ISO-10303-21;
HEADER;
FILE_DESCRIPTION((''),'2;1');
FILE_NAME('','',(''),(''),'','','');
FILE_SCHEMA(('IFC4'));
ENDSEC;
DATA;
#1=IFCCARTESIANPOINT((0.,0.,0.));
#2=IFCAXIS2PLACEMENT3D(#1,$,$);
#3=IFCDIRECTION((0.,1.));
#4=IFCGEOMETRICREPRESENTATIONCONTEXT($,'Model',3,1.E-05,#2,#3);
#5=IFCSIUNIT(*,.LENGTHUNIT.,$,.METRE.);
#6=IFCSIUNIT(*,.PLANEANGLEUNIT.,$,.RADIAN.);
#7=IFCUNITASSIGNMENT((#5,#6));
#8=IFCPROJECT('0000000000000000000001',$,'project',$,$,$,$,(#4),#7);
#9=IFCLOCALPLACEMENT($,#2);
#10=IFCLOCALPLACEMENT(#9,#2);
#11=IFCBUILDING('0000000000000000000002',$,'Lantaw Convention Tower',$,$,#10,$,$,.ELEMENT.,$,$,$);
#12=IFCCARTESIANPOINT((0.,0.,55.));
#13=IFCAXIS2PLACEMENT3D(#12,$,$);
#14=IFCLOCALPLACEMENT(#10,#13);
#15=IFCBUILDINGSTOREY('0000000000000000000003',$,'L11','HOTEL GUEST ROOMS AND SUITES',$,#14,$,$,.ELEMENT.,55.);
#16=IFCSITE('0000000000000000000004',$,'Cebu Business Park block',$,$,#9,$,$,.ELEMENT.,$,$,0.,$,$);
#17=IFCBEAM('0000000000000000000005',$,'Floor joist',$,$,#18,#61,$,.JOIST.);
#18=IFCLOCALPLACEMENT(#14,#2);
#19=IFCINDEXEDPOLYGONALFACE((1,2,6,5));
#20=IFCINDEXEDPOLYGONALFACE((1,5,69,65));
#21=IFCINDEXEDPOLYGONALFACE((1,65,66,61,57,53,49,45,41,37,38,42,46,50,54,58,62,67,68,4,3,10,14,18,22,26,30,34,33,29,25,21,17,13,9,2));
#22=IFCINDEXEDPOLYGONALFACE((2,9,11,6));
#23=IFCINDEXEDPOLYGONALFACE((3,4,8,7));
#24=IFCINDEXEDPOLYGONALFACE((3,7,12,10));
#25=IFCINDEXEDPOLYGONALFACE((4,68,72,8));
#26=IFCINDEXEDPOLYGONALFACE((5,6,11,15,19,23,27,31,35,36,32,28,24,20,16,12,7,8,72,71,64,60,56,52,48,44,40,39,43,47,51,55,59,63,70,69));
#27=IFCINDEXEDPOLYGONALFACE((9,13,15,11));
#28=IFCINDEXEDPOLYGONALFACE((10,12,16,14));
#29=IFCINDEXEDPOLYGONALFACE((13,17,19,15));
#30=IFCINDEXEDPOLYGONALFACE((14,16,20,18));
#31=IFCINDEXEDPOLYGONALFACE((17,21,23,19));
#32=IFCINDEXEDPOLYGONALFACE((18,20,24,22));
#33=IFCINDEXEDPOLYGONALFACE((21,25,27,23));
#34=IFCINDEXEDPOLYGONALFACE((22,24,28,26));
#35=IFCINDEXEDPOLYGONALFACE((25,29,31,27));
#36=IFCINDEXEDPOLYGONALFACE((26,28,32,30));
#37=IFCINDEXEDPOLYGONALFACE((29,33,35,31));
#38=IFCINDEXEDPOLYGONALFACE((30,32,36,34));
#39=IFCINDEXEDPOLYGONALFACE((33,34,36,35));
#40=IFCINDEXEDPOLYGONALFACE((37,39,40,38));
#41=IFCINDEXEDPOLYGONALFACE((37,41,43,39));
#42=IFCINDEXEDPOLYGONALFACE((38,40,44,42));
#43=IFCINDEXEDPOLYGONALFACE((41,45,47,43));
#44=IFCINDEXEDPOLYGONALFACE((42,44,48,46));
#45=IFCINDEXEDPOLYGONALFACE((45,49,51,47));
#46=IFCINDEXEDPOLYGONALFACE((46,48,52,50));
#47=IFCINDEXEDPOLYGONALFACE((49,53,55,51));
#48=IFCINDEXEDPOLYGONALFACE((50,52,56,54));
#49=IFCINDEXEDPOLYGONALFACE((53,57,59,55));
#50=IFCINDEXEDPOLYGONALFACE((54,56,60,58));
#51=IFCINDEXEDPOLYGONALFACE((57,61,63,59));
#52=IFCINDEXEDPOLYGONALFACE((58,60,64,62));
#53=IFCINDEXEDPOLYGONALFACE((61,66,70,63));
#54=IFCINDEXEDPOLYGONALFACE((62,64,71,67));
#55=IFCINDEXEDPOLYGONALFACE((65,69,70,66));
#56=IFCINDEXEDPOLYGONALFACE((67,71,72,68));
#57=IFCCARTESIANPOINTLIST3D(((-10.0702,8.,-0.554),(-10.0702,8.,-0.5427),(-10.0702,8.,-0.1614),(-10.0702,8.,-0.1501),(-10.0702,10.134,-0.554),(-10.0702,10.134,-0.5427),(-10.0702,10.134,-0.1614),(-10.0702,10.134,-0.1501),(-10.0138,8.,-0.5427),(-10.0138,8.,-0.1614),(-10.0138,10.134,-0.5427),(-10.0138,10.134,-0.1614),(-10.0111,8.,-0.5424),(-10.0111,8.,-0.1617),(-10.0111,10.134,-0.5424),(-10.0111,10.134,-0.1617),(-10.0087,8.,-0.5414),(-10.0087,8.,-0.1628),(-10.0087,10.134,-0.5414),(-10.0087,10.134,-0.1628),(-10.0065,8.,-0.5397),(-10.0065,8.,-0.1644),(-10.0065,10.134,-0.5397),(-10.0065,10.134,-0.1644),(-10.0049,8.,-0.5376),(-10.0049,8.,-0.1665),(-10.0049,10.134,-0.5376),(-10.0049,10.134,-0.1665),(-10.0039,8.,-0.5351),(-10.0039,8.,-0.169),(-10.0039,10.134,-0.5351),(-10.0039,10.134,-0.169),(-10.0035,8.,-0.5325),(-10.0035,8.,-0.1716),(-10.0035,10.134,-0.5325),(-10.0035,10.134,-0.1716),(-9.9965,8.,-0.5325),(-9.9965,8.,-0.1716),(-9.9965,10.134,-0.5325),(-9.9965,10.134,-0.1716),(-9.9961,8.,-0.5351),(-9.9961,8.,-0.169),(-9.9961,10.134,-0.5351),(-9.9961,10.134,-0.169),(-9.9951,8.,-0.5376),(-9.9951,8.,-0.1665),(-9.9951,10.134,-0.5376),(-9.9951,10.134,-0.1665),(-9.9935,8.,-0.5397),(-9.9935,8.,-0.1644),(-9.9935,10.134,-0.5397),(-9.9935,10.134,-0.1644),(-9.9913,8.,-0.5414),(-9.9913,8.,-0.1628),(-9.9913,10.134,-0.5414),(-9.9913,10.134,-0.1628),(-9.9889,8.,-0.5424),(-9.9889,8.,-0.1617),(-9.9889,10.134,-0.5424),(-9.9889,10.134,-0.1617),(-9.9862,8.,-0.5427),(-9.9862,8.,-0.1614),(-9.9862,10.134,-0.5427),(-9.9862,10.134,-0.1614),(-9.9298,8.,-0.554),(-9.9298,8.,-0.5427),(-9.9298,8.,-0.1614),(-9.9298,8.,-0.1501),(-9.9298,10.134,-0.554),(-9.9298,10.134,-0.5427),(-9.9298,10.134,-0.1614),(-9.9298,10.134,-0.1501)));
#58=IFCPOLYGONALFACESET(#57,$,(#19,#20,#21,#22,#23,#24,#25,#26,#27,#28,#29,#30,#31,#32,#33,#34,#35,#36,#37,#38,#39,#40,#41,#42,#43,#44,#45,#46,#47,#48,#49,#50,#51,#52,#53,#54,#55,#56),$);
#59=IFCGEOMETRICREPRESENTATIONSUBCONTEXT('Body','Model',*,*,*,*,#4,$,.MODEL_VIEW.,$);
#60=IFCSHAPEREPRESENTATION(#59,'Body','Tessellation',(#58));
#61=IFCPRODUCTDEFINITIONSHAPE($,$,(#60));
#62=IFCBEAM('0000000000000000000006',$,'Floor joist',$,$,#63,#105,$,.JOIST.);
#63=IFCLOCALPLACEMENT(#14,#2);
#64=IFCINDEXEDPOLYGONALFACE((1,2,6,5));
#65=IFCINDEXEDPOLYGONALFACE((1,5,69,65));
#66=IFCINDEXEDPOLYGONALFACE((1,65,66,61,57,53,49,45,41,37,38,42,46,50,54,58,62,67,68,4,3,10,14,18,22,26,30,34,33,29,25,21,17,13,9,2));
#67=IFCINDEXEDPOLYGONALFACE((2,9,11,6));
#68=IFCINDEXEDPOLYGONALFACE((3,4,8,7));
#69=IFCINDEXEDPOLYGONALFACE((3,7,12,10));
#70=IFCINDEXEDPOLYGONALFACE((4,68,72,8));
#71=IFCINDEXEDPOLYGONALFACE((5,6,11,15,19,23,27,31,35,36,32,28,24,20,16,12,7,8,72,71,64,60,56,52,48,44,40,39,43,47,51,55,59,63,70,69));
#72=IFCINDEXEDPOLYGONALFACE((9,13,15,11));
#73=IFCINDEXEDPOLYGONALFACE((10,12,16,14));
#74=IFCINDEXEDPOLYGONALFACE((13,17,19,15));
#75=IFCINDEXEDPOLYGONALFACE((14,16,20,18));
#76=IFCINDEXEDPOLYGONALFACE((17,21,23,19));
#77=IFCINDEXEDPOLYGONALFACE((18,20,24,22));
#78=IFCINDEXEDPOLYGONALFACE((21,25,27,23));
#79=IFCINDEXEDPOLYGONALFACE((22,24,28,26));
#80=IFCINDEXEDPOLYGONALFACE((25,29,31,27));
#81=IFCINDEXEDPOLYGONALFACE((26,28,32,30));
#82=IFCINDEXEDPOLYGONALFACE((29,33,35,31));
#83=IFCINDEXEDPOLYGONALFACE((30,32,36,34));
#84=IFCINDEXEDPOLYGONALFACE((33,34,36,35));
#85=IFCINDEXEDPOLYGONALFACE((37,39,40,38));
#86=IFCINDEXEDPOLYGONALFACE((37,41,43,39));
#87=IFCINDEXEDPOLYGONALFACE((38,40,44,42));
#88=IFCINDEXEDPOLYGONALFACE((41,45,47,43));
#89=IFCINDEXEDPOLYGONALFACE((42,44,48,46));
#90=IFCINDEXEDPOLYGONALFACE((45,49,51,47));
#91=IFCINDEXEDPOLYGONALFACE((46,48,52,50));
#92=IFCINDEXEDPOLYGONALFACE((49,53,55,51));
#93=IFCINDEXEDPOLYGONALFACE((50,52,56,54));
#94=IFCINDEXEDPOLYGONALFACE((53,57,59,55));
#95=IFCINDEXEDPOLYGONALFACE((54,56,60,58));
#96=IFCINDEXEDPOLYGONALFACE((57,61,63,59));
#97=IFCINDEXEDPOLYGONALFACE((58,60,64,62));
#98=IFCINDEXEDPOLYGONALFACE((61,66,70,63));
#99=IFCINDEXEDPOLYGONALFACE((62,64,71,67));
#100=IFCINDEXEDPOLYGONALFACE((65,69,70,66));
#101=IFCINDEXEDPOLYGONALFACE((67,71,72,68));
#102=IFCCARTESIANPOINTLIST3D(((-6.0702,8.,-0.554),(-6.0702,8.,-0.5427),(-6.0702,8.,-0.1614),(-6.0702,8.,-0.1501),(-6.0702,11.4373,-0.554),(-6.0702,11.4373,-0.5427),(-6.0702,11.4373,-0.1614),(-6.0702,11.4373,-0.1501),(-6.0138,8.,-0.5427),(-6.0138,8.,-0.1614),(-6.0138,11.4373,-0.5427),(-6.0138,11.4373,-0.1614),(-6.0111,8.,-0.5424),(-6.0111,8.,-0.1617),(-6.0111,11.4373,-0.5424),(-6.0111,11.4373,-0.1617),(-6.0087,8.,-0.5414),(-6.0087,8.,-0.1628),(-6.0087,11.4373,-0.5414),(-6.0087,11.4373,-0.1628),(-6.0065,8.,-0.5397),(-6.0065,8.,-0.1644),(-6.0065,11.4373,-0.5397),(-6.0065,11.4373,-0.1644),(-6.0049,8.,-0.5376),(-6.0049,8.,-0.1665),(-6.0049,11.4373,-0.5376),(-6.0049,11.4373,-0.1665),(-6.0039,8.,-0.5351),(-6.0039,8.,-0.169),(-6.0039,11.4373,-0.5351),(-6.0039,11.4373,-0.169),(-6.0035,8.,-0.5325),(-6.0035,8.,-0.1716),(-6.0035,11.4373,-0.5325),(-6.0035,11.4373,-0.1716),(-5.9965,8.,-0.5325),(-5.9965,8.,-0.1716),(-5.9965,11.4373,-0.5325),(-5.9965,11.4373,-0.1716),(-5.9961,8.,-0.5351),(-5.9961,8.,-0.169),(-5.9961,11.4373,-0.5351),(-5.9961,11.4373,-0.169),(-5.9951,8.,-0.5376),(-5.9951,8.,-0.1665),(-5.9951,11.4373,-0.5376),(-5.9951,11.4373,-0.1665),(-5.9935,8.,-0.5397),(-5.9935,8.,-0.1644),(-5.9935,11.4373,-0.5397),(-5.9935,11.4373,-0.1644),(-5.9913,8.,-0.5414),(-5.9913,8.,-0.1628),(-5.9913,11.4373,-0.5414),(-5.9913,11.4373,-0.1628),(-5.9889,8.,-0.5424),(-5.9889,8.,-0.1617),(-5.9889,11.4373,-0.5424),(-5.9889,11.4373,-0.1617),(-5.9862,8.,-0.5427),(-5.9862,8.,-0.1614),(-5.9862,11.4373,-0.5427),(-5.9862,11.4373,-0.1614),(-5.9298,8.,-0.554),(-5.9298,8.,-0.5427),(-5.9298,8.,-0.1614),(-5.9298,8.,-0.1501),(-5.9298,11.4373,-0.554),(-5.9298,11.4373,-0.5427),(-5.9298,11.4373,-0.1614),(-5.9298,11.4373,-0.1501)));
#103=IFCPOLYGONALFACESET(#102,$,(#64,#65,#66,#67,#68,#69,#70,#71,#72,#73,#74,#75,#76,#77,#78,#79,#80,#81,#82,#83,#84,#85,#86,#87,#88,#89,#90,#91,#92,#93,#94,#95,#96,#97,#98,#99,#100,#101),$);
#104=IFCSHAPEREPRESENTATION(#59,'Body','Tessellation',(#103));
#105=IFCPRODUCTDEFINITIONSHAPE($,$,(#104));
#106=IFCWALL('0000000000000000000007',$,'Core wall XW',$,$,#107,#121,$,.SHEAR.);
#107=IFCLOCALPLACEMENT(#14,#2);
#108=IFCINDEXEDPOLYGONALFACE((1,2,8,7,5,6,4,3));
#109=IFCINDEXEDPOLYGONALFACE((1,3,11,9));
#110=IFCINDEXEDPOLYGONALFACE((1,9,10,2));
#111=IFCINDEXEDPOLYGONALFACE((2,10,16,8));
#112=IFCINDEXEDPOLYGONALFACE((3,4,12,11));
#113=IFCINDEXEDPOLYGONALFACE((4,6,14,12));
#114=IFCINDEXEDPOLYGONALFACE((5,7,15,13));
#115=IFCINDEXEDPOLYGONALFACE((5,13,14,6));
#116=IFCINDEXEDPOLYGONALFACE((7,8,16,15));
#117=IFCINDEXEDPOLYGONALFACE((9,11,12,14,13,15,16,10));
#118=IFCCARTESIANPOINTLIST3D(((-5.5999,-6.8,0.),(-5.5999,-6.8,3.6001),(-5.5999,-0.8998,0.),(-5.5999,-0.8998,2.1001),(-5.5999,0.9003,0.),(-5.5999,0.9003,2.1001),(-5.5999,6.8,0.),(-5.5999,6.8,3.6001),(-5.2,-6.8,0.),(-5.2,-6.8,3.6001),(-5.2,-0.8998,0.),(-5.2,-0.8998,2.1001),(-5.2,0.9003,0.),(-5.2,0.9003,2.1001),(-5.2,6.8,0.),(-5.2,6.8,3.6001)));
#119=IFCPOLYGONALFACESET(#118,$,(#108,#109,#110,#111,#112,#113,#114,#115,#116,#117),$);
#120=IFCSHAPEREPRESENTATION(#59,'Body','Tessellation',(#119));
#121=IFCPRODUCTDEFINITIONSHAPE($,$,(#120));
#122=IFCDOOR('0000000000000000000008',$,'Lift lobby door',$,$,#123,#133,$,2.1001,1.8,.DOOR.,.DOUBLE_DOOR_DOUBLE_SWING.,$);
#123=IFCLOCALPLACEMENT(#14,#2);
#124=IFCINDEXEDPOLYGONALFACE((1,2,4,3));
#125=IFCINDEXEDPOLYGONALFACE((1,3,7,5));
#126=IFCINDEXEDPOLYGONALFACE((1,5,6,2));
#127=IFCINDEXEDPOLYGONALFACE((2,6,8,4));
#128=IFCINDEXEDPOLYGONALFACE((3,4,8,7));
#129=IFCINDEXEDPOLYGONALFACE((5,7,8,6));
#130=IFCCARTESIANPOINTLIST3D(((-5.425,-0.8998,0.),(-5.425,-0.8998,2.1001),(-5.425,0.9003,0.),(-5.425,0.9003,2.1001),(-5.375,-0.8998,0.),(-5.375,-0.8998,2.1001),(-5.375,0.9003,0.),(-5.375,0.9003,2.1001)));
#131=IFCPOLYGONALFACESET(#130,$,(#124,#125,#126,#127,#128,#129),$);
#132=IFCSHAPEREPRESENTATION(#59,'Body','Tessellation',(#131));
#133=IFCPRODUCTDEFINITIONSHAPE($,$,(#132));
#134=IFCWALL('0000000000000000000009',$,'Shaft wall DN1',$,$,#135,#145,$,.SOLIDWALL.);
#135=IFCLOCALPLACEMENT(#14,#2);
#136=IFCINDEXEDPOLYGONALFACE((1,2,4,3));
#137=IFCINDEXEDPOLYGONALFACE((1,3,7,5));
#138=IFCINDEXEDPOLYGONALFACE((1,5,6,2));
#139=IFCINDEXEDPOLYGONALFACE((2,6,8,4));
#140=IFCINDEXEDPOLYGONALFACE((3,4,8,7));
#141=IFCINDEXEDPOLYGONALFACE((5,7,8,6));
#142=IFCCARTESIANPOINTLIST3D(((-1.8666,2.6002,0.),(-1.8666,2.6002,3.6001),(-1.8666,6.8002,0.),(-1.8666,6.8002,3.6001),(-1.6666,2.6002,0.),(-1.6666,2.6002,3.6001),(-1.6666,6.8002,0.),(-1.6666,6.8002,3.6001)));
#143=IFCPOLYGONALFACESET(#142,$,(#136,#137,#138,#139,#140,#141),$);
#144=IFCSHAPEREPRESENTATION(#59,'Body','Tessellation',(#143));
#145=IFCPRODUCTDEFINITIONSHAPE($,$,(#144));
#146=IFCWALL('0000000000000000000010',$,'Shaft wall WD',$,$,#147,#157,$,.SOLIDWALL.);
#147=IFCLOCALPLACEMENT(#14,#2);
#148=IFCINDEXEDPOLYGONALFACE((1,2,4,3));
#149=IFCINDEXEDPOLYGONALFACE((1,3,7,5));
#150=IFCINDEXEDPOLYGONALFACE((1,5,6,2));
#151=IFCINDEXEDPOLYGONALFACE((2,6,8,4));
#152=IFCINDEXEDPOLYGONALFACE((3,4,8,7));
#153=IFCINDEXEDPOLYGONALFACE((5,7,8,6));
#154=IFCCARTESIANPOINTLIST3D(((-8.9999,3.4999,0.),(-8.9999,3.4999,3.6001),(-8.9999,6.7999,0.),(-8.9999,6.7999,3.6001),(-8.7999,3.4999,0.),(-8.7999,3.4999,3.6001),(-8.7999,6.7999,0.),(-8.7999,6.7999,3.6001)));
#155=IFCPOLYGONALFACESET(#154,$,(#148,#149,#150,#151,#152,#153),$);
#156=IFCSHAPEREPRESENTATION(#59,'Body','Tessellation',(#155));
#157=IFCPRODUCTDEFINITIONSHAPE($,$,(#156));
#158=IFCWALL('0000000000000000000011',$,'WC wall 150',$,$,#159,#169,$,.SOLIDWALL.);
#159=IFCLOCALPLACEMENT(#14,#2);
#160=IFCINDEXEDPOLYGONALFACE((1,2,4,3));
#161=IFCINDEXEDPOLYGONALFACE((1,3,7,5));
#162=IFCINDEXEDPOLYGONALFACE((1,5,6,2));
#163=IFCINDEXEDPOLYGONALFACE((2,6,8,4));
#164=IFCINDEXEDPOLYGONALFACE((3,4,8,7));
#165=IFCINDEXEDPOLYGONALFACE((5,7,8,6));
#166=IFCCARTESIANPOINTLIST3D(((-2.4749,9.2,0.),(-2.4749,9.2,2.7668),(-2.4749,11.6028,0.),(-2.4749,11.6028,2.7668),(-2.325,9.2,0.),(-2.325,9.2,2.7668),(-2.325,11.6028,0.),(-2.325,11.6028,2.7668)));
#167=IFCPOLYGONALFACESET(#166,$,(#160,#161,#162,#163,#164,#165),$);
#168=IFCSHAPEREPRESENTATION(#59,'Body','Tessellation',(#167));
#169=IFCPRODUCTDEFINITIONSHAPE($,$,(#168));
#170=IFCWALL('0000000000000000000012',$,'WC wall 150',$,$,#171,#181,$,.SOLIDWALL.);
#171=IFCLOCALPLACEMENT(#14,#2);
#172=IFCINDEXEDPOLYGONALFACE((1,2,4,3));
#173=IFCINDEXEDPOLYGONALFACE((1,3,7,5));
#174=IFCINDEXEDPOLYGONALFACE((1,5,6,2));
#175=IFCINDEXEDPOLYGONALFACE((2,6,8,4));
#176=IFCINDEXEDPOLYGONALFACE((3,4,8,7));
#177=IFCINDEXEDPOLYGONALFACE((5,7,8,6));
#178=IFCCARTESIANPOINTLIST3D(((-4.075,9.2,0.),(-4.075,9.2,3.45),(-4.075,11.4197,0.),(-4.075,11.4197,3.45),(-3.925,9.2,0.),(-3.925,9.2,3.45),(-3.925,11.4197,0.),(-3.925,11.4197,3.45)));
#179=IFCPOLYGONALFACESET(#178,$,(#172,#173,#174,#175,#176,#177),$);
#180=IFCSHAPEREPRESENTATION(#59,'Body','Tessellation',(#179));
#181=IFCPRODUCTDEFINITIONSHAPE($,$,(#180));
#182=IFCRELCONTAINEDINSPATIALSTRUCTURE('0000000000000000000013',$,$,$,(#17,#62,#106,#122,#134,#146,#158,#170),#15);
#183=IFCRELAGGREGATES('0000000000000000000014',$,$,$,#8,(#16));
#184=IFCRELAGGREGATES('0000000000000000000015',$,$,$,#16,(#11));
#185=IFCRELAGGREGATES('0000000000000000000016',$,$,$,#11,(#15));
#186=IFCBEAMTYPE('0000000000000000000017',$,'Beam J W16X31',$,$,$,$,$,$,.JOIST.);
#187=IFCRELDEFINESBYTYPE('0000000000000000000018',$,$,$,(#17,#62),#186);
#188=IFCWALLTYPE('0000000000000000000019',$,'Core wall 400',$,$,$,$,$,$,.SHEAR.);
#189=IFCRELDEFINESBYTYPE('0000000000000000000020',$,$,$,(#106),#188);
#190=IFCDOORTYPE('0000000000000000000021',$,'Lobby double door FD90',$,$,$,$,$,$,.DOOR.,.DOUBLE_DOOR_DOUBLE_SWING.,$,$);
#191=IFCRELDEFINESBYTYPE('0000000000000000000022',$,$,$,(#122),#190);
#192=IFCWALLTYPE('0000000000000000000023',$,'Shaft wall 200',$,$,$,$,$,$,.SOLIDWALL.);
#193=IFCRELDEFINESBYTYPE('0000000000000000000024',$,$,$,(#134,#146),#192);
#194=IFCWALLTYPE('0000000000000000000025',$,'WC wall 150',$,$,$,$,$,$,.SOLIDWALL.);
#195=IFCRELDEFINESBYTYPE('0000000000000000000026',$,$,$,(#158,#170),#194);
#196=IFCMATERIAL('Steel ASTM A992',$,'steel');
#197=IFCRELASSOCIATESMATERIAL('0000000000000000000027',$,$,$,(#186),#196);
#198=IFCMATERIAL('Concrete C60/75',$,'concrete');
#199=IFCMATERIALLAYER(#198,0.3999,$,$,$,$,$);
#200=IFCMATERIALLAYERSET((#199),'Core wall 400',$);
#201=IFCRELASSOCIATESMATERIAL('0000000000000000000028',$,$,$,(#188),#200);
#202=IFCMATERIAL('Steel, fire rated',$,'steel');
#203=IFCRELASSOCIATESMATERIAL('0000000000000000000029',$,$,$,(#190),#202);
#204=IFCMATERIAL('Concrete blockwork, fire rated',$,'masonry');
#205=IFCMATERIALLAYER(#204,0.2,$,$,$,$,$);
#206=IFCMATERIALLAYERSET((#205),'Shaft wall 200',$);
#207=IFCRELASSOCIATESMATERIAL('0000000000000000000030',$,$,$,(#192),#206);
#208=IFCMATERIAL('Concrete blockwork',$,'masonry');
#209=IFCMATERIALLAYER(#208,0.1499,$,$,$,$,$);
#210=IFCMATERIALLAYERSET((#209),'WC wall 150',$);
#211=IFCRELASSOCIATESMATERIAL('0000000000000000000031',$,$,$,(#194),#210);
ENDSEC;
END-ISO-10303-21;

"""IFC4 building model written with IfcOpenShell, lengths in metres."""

from ifc_helpers import new_model, si_unit, direction, frame, frame_2d, origin, origin_2d, place, context, subcontext, project, spatial, rectangle, i_section, extrude, material, layer, layer_set, material_profile, profile_set, type_object, element, fill, save


model = new_model("IFC4")

# Units and contexts
model_context = context("Model", 3, precision=1e-05, world=origin(), true_north=direction((0.0, 1.0)))
body_context = subcontext(model_context, "Body", "Model", "MODEL_VIEW")
ifc_project = project(units=[si_unit("LENGTHUNIT", "METRE"), si_unit("PLANEANGLEUNIT", "RADIAN")], contexts=[model_context])

# Site, building, storey
site_placement = place(None, origin())
site = spatial("IfcSite", under=ifc_project, at=site_placement, Name="Cebu Business Park block", CompositionType="ELEMENT", RefElevation=0.0)
building_placement = place(site_placement, origin())
building = spatial("IfcBuilding", under=site, at=building_placement, Name="Lantaw Convention Tower", CompositionType="ELEMENT")
storey_placement = place(building_placement, frame((0.0, 0.0, 55.0)))
storey = spatial("IfcBuildingStorey", under=building, at=storey_placement, Name="L11", Description="HOTEL GUEST ROOMS AND SUITES", CompositionType="ELEMENT", Elevation=55.0)

# Beams
ifc_material_1 = material(Name="Steel ASTM A992", Category="steel")
ifc_material_profile_1 = material_profile(ifc_material_1, i_section(OverallWidth=0.1404, OverallDepth=0.4038, WebThickness=0.0071, FlangeThickness=0.0112, FilletRadius=0.0103, at=origin_2d()), Name="W16X31")
ifc_profile_set_1 = profile_set([ifc_material_profile_1], Name="Steel ASTM A992")
beam_type_1 = type_object("IfcBeamType", Name="Beam J W16X31", PredefinedType="JOIST", material=ifc_profile_set_1)
beam_1_placement = place(storey_placement, frame((-10.0, 8.0, -0.3521), z_axis=(0.0, 1.0, 0.0), x_axis=(-1.0, 0.0, 0.0)))
element("IfcBeam", 1, at=beam_1_placement, inside=storey, type_object=beam_type_1, Name="Floor joist", PredefinedType="JOIST", context=body_context, shape_type="SweptSolid", body=[
    extrude(i_section(OverallWidth=0.1404, OverallDepth=0.4038, WebThickness=0.0071, FlangeThickness=0.0112, FilletRadius=0.0103, at=origin_2d()), origin(), (0.0, 0.0, 1.0), 2.134),
])
beam_2_placement = place(storey_placement, frame((-6.0, 8.0, -0.3521), z_axis=(0.0, 1.0, 0.0), x_axis=(-1.0, 0.0, 0.0)))
element("IfcBeam", 2, at=beam_2_placement, inside=storey, type_object=beam_type_1, Name="Floor joist", PredefinedType="JOIST", context=body_context, shape_type="SweptSolid", body=[
    extrude(i_section(OverallWidth=0.1404, OverallDepth=0.4038, WebThickness=0.0071, FlangeThickness=0.0112, FilletRadius=0.0103, at=origin_2d()), origin(), (0.0, 0.0, 1.0), 3.4373),
])

# Wall, opening, door
ifc_material_2 = material(Name="Concrete C60/75", Category="concrete")
ifc_layer_1 = layer(ifc_material_2, 0.3999)
ifc_layer_set_1 = layer_set([ifc_layer_1], Name="Core wall 400")
wall_type_1 = type_object("IfcWallType", Name="Core wall 400", PredefinedType="SHEAR", material=ifc_layer_set_1)
wall_1_placement = place(storey_placement, frame((-5.3999, 6.8, 0.0), z_axis=(0.0, 0.0, 1.0), x_axis=(0.0, -1.0, 0.0)))
wall_1 = element("IfcWall", 3, at=wall_1_placement, inside=storey, type_object=wall_type_1, Name="Core wall XW", PredefinedType="SHEAR", context=body_context, shape_type="SweptSolid", body=[
    extrude(rectangle(XDim=13.6001, YDim=0.3999, at=frame_2d((6.8, 0.0))), origin(), (0.0, 0.0, 1.0), 3.6001),
])
opening_placement = place(wall_1_placement, frame((5.8999, 0.0, 0.0)))
opening = element("IfcOpeningElement", 4, at=opening_placement, cuts=wall_1, PredefinedType="OPENING", context=body_context, shape_type="SweptSolid", body=[
    extrude(rectangle(XDim=1.8, YDim=2.1001, at=frame_2d((0.8999, 1.05))), frame((0.0, 0.21, 0.0), z_axis=(0.0, -1.0, 0.0), x_axis=(1.0, 0.0, 0.0)), (0.0, 0.0, 1.0), 0.4199),
])
ifc_material_3 = material(Name="Steel, fire rated", Category="steel")
door_type = type_object("IfcDoorType", Name="Lobby double door FD90", OperationType="DOUBLE_DOOR_DOUBLE_SWING", PredefinedType="DOOR", material=ifc_material_3)
door_placement = place(opening_placement, origin())
door = element("IfcDoor", 5, at=door_placement, inside=storey, type_object=door_type, Name="Lift lobby door", OperationType="DOUBLE_DOOR_DOUBLE_SWING", OverallHeight=2.1001, OverallWidth=1.8, PredefinedType="DOOR", context=body_context, shape_type="SweptSolid", body=[
    extrude(rectangle(XDim=1.8, YDim=2.1001, at=frame_2d((0.8999, 1.05))), frame((0.0, 0.0249, 0.0), z_axis=(0.0, -1.0, 0.0), x_axis=(1.0, 0.0, 0.0)), (0.0, 0.0, 1.0), 0.05),
])
fill(opening, door)

# Walls
ifc_material_4 = material(Name="Concrete blockwork, fire rated", Category="masonry")
ifc_layer_2 = layer(ifc_material_4, 0.2)
ifc_layer_set_2 = layer_set([ifc_layer_2], Name="Shaft wall 200")
wall_type_2 = type_object("IfcWallType", Name="Shaft wall 200", PredefinedType="SOLIDWALL", material=ifc_layer_set_2)
wall_2_placement = place(storey_placement, frame((-1.7666, 2.6001, 0.0), z_axis=(0.0, 0.0, 1.0), x_axis=(0.0, 1.0, 0.0)))
element("IfcWall", 6, at=wall_2_placement, inside=storey, type_object=wall_type_2, Name="Shaft wall DN1", PredefinedType="SOLIDWALL", context=body_context, shape_type="SweptSolid", body=[
    extrude(rectangle(XDim=4.2, YDim=0.2, at=frame_2d((2.1001, 0.0))), origin(), (0.0, 0.0, 1.0), 3.6001),
])
wall_3_placement = place(storey_placement, frame((-8.8999, 3.5, 0.0), z_axis=(0.0, 0.0, 1.0), x_axis=(0.0, 1.0, 0.0)))
element("IfcWall", 7, at=wall_3_placement, inside=storey, type_object=wall_type_2, Name="Shaft wall WD", PredefinedType="SOLIDWALL", context=body_context, shape_type="SweptSolid", body=[
    extrude(rectangle(XDim=3.3, YDim=0.2, at=frame_2d((1.6499, 0.0))), origin(), (0.0, 0.0, 1.0), 3.6001),
])
ifc_material_5 = material(Name="Concrete blockwork", Category="masonry")
ifc_layer_3 = layer(ifc_material_5, 0.1499)
ifc_layer_set_3 = layer_set([ifc_layer_3], Name="WC wall 150")
wall_type_3 = type_object("IfcWallType", Name="WC wall 150", PredefinedType="SOLIDWALL", material=ifc_layer_set_3)
wall_4_placement = place(storey_placement, frame((-2.3999, 9.2, 0.0), z_axis=(0.0, 0.0, 1.0), x_axis=(0.0, 1.0, 0.0)))
element("IfcWall", 8, at=wall_4_placement, inside=storey, type_object=wall_type_3, Name="WC wall 150", PredefinedType="SOLIDWALL", context=body_context, shape_type="SweptSolid", body=[
    extrude(rectangle(XDim=2.4028, YDim=0.1499, at=frame_2d((1.2014, 0.0))), origin(), (0.0, 0.0, 1.0), 2.7668),
])
wall_5_placement = place(storey_placement, frame((-4.0, 9.2, 0.0), z_axis=(0.0, 0.0, 1.0), x_axis=(0.0, 1.0, 0.0)))
element("IfcWall", 9, at=wall_5_placement, inside=storey, type_object=wall_type_3, Name="WC wall 150", PredefinedType="SOLIDWALL", context=body_context, shape_type="SweptSolid", body=[
    extrude(rectangle(XDim=2.2197, YDim=0.1499, at=frame_2d((1.1099, 0.0))), origin(), (0.0, 0.0, 1.0), 3.45),
])

save(model, "model.ifc")
